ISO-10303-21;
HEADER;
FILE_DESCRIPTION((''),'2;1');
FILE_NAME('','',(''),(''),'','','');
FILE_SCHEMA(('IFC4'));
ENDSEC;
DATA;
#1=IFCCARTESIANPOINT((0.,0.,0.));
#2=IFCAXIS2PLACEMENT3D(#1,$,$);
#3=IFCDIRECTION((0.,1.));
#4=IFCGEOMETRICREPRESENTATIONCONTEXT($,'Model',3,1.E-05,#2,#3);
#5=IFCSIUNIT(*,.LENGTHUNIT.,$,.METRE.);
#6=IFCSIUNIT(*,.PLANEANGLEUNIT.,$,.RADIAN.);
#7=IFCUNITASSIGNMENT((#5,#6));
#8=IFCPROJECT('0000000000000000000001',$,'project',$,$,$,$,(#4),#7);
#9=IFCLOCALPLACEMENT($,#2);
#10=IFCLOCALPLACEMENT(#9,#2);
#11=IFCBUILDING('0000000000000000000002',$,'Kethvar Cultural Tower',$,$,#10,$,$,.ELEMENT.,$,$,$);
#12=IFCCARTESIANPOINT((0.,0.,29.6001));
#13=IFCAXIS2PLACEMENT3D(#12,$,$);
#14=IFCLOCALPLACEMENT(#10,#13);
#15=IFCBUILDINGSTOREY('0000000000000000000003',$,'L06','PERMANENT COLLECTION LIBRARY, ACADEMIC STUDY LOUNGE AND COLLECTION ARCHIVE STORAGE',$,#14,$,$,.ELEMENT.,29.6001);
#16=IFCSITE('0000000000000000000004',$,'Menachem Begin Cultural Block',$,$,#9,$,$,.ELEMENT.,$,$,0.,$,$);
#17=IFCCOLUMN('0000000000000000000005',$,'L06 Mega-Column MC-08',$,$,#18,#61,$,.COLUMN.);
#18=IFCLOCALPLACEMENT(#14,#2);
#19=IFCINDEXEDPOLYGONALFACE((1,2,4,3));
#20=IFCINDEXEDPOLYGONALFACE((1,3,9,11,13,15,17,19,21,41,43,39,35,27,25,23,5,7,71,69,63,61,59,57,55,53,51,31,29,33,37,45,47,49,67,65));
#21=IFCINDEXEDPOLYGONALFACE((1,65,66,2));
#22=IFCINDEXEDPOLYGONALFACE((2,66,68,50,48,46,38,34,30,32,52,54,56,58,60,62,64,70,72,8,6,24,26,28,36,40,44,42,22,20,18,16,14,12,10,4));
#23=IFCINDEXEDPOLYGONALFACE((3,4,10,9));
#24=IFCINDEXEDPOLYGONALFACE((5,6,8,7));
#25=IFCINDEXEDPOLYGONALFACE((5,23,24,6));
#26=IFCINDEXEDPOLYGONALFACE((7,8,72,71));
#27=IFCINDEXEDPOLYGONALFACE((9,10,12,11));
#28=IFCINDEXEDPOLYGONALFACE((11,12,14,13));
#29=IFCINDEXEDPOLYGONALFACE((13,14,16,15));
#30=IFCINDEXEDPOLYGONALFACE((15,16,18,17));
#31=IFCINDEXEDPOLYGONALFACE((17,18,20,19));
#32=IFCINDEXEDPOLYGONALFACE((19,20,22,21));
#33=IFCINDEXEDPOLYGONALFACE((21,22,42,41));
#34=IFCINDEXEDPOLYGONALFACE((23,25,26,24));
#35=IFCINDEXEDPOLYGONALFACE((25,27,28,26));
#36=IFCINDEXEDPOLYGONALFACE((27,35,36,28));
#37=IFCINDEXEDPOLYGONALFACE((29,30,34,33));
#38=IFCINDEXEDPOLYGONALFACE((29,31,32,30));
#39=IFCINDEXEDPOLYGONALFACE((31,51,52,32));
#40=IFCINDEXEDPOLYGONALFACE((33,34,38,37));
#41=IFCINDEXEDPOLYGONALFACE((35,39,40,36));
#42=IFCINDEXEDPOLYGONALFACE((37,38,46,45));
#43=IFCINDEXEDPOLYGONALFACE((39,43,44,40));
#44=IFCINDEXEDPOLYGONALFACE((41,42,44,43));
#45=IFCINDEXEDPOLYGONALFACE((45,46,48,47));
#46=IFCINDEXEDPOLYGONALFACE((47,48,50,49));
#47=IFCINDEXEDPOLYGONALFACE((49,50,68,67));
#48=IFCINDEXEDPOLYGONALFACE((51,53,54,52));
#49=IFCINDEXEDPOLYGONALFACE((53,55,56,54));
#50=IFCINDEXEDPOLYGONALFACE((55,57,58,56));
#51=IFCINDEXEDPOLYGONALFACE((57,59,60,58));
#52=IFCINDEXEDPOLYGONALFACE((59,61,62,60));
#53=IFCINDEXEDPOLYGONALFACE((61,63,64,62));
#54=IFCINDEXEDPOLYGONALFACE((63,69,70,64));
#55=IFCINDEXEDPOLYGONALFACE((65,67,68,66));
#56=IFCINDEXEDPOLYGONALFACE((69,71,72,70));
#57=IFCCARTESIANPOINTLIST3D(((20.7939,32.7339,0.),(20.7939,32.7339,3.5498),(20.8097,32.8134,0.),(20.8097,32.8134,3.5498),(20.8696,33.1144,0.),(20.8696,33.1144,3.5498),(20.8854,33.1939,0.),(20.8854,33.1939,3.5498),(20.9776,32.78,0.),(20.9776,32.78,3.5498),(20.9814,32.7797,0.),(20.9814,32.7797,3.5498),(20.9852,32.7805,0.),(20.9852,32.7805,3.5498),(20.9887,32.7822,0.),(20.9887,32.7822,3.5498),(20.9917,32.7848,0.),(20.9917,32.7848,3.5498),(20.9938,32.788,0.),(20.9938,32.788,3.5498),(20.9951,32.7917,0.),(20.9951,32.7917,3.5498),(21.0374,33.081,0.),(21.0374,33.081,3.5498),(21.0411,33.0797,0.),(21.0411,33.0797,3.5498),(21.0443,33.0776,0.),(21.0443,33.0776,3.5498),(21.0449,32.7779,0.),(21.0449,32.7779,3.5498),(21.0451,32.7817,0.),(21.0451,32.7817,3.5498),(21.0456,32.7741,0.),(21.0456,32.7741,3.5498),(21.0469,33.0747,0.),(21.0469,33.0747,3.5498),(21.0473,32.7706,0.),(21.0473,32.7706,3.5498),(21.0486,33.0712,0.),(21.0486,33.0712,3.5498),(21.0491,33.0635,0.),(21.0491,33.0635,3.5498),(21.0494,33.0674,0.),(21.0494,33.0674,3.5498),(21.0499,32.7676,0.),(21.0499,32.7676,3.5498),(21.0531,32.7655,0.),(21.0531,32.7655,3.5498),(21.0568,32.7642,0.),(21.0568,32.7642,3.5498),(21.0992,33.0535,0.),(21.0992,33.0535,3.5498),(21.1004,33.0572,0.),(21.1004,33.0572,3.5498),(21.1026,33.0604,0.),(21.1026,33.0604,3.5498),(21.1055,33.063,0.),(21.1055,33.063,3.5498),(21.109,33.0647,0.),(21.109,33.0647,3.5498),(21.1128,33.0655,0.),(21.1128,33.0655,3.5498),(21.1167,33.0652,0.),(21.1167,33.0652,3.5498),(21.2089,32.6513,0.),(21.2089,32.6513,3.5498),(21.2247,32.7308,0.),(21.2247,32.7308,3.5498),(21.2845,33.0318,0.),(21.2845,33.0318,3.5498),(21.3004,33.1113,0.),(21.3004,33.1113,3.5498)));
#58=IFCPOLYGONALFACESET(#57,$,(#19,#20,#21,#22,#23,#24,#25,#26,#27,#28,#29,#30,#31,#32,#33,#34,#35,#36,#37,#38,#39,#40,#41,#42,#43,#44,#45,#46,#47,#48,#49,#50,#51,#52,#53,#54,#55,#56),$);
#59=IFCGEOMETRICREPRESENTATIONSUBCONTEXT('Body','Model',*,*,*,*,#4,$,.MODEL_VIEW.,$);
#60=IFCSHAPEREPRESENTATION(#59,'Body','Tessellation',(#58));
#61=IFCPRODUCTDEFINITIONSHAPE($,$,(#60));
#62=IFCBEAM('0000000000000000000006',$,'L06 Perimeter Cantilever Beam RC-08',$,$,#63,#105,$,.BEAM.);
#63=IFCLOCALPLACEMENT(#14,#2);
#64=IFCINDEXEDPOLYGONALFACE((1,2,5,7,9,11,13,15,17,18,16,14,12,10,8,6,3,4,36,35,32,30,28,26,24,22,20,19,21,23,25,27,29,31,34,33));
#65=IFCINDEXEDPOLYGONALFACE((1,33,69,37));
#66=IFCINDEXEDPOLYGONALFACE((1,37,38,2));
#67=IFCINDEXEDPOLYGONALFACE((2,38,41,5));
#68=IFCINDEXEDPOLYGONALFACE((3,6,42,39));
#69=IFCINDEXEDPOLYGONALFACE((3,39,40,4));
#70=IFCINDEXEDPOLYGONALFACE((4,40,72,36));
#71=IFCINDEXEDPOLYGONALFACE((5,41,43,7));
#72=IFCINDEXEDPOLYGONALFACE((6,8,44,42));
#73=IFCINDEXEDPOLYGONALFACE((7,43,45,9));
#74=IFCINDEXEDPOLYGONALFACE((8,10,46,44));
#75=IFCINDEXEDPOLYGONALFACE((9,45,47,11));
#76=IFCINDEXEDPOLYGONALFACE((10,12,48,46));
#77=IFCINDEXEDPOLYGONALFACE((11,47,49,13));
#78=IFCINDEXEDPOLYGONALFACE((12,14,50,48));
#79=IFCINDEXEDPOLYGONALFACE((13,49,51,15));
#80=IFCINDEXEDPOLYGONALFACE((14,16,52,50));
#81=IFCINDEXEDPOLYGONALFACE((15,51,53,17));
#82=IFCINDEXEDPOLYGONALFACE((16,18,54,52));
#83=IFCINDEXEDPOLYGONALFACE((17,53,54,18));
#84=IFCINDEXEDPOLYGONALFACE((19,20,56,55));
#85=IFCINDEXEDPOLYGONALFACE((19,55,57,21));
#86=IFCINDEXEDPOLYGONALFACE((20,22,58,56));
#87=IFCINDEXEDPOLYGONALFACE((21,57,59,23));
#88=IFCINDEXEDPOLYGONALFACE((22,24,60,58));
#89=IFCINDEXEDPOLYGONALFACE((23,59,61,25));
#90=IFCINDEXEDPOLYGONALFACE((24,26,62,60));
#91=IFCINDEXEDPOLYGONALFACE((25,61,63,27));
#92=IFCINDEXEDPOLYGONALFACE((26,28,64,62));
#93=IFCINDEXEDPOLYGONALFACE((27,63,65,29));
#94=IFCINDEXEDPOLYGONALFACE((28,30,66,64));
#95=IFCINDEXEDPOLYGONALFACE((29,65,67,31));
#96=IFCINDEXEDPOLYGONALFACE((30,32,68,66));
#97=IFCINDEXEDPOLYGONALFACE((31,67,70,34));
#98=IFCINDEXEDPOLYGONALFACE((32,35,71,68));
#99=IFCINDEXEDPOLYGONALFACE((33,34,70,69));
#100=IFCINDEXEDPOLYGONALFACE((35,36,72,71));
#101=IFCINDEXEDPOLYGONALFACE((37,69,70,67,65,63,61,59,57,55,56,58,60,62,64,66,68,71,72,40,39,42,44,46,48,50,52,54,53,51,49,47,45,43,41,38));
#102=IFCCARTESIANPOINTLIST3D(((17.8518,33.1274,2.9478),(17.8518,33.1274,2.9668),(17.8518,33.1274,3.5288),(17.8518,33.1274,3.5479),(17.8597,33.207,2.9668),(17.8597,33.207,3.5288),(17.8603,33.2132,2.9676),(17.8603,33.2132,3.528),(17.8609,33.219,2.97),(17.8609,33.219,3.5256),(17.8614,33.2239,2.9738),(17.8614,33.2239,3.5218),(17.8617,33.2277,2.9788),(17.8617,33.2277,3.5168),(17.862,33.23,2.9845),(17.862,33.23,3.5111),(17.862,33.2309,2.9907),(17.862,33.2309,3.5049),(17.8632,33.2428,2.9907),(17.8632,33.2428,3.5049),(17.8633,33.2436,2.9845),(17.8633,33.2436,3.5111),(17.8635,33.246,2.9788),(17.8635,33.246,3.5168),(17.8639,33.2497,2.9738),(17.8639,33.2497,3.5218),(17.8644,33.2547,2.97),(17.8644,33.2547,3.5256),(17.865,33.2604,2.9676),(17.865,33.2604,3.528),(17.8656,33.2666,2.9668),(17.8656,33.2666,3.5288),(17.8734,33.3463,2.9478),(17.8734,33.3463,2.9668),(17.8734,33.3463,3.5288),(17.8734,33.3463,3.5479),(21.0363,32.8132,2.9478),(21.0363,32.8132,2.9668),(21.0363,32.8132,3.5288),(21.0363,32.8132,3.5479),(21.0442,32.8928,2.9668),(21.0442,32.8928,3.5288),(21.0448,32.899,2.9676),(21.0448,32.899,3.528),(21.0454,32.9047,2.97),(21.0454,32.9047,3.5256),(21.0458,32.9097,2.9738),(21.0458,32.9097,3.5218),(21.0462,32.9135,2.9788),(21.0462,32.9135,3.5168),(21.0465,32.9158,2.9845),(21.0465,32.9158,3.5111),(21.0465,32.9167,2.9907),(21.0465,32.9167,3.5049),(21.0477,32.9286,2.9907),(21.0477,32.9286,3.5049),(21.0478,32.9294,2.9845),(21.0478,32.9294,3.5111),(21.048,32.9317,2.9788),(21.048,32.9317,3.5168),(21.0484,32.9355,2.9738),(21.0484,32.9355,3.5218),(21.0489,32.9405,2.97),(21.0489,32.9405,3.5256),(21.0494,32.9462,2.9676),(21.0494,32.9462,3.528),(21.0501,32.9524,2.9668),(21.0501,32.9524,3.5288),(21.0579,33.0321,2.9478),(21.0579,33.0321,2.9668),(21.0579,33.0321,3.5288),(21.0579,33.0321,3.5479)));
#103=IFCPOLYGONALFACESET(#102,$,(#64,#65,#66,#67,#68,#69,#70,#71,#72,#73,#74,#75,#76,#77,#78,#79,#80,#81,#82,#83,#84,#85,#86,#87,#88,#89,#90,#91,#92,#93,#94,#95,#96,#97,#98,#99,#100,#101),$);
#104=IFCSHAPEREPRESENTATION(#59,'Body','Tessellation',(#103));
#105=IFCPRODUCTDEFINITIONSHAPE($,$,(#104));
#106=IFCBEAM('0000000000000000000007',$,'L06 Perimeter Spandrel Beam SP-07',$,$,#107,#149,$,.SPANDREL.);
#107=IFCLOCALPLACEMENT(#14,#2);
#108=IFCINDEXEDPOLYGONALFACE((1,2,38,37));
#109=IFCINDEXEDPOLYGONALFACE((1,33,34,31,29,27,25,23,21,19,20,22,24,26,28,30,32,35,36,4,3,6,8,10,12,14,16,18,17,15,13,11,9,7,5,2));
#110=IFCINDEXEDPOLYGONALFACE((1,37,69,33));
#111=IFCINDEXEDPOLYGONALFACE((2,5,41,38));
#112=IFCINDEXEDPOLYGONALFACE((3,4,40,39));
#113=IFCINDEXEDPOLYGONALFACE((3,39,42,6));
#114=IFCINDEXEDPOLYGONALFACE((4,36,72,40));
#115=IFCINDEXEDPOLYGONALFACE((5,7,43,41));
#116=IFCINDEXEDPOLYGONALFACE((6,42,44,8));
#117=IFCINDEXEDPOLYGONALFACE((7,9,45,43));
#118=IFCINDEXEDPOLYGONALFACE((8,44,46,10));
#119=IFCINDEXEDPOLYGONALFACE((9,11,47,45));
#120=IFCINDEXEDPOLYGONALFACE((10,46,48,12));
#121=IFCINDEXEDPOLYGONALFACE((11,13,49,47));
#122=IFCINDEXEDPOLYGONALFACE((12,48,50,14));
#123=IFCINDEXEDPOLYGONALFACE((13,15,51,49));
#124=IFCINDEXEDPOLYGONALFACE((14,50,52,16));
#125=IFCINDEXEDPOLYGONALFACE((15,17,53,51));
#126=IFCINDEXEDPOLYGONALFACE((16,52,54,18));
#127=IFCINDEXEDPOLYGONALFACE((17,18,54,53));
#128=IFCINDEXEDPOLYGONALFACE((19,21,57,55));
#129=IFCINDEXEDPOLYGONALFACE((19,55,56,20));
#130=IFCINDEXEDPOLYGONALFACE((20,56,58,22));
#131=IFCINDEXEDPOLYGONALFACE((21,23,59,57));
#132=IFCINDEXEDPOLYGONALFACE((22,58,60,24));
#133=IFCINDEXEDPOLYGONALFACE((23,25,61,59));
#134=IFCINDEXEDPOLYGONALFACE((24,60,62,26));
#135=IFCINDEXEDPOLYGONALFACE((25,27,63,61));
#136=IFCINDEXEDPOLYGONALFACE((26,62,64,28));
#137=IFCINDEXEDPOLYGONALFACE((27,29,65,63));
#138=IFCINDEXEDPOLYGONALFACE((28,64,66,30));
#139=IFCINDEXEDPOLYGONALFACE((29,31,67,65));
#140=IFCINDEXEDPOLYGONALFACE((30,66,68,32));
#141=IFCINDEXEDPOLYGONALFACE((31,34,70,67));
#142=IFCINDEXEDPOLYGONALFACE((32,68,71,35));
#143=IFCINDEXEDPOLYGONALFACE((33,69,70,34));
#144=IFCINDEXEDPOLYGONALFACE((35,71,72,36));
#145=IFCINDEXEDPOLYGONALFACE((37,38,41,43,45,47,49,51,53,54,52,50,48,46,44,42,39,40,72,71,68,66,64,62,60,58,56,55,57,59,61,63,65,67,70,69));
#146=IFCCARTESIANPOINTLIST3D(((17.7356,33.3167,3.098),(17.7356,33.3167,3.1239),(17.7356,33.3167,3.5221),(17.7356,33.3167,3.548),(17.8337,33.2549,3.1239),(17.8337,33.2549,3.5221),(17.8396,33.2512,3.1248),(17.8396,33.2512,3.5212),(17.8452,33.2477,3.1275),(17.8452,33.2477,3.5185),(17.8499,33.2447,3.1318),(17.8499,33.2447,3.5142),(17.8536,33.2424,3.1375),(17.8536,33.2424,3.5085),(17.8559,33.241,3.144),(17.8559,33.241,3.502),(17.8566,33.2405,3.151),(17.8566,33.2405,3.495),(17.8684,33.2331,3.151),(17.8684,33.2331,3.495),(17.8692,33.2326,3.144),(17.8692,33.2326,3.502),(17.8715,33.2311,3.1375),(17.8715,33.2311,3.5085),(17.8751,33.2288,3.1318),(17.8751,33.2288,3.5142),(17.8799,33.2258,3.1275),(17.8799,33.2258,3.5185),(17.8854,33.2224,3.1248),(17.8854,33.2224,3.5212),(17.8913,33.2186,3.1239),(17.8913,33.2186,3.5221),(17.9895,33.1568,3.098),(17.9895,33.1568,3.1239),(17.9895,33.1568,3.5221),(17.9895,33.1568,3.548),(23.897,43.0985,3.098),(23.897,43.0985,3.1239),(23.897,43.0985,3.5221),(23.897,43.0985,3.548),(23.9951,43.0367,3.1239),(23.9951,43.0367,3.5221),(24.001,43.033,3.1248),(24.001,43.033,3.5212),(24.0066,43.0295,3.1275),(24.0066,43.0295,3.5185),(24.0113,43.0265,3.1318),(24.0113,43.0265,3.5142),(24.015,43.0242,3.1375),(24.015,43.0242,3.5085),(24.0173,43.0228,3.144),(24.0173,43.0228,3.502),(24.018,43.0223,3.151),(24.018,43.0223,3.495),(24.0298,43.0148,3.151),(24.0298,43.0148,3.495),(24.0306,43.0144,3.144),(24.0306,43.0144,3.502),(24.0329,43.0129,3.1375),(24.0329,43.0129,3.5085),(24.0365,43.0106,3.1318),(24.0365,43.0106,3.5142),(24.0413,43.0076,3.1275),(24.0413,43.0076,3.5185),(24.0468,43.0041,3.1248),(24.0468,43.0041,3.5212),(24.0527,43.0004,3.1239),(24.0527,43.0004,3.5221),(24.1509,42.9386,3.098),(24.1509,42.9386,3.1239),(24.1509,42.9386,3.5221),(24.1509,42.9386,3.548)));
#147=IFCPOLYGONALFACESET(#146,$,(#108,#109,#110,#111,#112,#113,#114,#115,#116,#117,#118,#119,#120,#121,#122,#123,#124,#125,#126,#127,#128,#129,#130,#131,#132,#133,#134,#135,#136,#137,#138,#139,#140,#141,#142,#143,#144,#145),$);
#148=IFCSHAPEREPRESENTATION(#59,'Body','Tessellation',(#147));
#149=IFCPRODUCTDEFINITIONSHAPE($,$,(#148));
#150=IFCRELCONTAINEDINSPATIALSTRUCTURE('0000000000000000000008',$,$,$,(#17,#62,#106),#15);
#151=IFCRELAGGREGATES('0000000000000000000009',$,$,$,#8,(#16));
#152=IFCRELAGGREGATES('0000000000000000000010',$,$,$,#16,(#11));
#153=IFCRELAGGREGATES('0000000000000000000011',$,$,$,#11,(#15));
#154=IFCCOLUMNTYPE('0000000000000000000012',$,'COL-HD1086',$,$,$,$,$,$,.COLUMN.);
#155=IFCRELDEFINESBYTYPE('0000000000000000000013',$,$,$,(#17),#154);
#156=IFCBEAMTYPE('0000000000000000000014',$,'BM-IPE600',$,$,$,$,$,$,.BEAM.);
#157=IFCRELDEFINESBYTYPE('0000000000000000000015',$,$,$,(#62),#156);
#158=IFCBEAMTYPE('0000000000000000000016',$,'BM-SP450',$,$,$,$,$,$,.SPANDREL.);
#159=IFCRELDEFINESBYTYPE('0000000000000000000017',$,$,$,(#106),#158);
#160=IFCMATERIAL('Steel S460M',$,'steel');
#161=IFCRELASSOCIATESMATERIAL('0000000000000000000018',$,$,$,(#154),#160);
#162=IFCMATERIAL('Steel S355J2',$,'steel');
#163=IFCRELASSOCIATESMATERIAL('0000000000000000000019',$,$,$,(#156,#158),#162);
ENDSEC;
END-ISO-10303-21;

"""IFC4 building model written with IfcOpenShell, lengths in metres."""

from ifc_helpers import new_model, si_unit, direction, frame, origin, origin_2d, place, context, subcontext, project, spatial, i_section, extrude, source, transform, mapped, material, material_profile, profile_set, type_object, element, save


model = new_model("IFC4")

# Units and contexts
model_context = context("Model", 3, precision=1e-05, world=origin(), true_north=direction((0.0, 1.0)))
body_context = subcontext(model_context, "Body", "Model", "MODEL_VIEW")
ifc_project = project(units=[si_unit("LENGTHUNIT", "METRE"), si_unit("PLANEANGLEUNIT", "RADIAN")], contexts=[model_context])

# Site, building, storey
site_placement = place(None, origin())
site = spatial("IfcSite", under=ifc_project, at=site_placement, Name="Menachem Begin Cultural Block", CompositionType="ELEMENT", RefElevation=0.0)
building_placement = place(site_placement, origin())
building = spatial("IfcBuilding", under=site, at=building_placement, Name="Kethvar Cultural Tower", CompositionType="ELEMENT")
storey_placement = place(building_placement, frame((0.0, 0.0, 29.6001)))
storey = spatial("IfcBuildingStorey", under=building, at=storey_placement, Name="L06", Description="PERMANENT COLLECTION LIBRARY, ACADEMIC STUDY LOUNGE AND COLLECTION ARCHIVE STORAGE", CompositionType="ELEMENT", Elevation=29.6001)

# Column
ifc_material_1 = material(Name="Steel S460M", Category="steel")
ifc_material_profile_1 = material_profile(ifc_material_1, i_section(OverallWidth=0.4231, OverallDepth=0.469, WebThickness=0.051, FlangeThickness=0.0811, FilletRadius=0.0149, at=origin_2d()), Name="Steel S460M — HD400x1086")
ifc_profile_set_1 = profile_set([ifc_material_profile_1], Name="Steel S460M — HD400x1086")
column_type = type_object("IfcColumnType", Name="COL-HD1086", PredefinedType="COLUMN", material=ifc_profile_set_1)
shared_shape_1 = source(origin(), body_context, "Body", "SweptSolid", [
    extrude(i_section(OverallWidth=0.4231, OverallDepth=0.469, WebThickness=0.051, FlangeThickness=0.0811, FilletRadius=0.0149, at=origin_2d()), origin(), (0.0, 0.0, 1.0), 3.5498),
])
column_placement = place(storey_placement, frame((21.0471, 32.9226, 0.0), z_axis=(0.0, 0.0, 1.0), x_axis=(-0.980785, 0.19509, 0.0)))
element("IfcColumn", 1, at=column_placement, inside=storey, type_object=column_type, Name="L06 Mega-Column MC-08", PredefinedType="COLUMN", context=body_context, shape_type="MappedRepresentation", body=[
    mapped(shared_shape_1, transform((0.0, 0.0, 0.0), scale=1.0)),
])

# Beams
ifc_material_2 = material(Name="Steel S355J2", Category="steel")
ifc_material_profile_2 = material_profile(ifc_material_2, i_section(OverallWidth=0.22, OverallDepth=0.6001, WebThickness=0.012, FlangeThickness=0.019, FilletRadius=0.0239, at=origin_2d()), Name="Steel S355J2 — IPE600")
ifc_profile_set_2 = profile_set([ifc_material_profile_2], Name="Steel S355J2 — IPE600")
beam_type_1 = type_object("IfcBeamType", Name="BM-IPE600", PredefinedType="BEAM", material=ifc_profile_set_2)
shared_shape_2 = source(origin(), body_context, "Body", "SweptSolid", [
    extrude(i_section(OverallWidth=0.22, OverallDepth=0.6001, WebThickness=0.012, FlangeThickness=0.019, FilletRadius=0.0239, at=origin_2d()), origin(), (0.0, 0.0, 1.0), 3.2),
])
beam_1_placement = place(storey_placement, frame((21.0471, 32.9226, 3.2478), z_axis=(-0.995168, 0.098189, 0.0), x_axis=(-0.098189, -0.995168, 0.0)))
element("IfcBeam", 2, at=beam_1_placement, inside=storey, type_object=beam_type_1, Name="L06 Perimeter Cantilever Beam RC-08", PredefinedType="BEAM", context=body_context, shape_type="MappedRepresentation", body=[
    mapped(shared_shape_2, transform((0.0, 0.0, 0.0), scale=1.0)),
])
ifc_material_profile_3 = material_profile(ifc_material_2, i_section(OverallWidth=0.3, OverallDepth=0.45, WebThickness=0.0139, FlangeThickness=0.0259, FilletRadius=0.0271, at=origin_2d()), Name="Steel S355J2 — HEB450")
ifc_profile_set_3 = profile_set([ifc_material_profile_3], Name="Steel S355J2 — HEB450")
beam_type_2 = type_object("IfcBeamType", Name="BM-SP450", PredefinedType="SPANDREL", material=ifc_profile_set_3)
shared_shape_3 = source(origin(), body_context, "Body", "SweptSolid", [
    extrude(i_section(OverallWidth=0.3, OverallDepth=0.45, WebThickness=0.0139, FlangeThickness=0.0259, FilletRadius=0.0271, at=origin_2d()), origin(), (0.0, 0.0, 1.0), 11.5605),
])
beam_2_placement = place(storey_placement, frame((24.0239, 43.0186, 3.323), z_axis=(-0.532968, -0.846135, 0.0), x_axis=(0.846135, -0.532968, 0.0)))
element("IfcBeam", 3, at=beam_2_placement, inside=storey, type_object=beam_type_2, Name="L06 Perimeter Spandrel Beam SP-07", PredefinedType="SPANDREL", context=body_context, shape_type="MappedRepresentation", body=[
    mapped(shared_shape_3, transform((0.0, 0.0, 0.0), scale=1.0)),
])

save(model, "model.ifc")
